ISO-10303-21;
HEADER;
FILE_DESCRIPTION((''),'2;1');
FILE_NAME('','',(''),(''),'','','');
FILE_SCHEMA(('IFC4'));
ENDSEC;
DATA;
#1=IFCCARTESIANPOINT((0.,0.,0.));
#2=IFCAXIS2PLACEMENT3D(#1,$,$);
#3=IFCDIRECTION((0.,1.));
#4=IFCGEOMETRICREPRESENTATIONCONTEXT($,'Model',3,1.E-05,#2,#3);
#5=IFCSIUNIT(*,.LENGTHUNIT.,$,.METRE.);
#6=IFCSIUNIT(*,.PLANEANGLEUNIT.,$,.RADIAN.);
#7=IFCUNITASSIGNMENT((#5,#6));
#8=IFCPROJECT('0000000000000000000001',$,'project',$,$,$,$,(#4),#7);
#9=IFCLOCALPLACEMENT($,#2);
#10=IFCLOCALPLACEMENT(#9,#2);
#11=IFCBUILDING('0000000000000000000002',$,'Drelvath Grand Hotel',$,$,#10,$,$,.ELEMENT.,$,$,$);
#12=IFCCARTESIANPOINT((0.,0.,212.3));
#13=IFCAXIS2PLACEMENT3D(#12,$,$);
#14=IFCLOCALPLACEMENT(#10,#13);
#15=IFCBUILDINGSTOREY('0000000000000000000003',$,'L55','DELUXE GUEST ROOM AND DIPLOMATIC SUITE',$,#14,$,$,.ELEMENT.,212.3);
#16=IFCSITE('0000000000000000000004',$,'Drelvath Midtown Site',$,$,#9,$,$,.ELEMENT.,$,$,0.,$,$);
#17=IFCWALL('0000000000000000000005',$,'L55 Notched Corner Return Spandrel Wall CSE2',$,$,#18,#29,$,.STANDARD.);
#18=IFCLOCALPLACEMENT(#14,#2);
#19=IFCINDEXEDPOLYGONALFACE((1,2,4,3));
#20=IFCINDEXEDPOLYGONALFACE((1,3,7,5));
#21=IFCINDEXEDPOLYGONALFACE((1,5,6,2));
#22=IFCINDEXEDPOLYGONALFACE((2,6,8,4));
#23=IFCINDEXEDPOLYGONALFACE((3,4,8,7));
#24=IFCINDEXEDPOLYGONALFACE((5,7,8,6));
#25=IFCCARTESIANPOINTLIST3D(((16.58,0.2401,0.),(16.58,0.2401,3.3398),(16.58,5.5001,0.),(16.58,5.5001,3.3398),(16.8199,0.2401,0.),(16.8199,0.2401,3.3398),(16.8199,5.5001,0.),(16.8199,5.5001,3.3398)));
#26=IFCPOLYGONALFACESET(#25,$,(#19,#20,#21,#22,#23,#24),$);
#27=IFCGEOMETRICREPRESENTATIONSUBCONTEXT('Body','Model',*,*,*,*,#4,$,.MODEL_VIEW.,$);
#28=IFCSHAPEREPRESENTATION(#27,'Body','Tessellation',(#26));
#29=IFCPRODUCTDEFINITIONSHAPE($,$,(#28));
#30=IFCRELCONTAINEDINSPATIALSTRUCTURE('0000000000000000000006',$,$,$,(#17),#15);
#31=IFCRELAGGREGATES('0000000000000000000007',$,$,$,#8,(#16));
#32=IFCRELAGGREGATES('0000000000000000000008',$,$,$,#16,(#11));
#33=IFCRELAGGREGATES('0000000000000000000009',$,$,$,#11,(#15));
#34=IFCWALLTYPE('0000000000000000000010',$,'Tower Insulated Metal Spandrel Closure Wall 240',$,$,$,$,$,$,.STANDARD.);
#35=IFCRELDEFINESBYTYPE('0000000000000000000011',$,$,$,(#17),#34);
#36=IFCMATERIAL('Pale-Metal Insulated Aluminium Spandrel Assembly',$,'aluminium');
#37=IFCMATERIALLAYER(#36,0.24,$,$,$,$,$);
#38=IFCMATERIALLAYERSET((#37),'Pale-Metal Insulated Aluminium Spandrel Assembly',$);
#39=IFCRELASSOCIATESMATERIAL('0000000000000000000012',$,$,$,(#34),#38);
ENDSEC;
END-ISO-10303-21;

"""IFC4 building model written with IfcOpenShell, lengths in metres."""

from ifc_helpers import new_model, si_unit, direction, frame, frame_2d, origin, place, context, subcontext, project, spatial, rectangle, extrude, material, layer, layer_set, type_object, element, save


model = new_model("IFC4")

# Units and contexts
model_context = context("Model", 3, precision=1e-05, world=origin(), true_north=direction((0.0, 1.0)))
body_context = subcontext(model_context, "Body", "Model", "MODEL_VIEW")
ifc_project = project(units=[si_unit("LENGTHUNIT", "METRE"), si_unit("PLANEANGLEUNIT", "RADIAN")], contexts=[model_context])

# Site, building, storey
site_placement = place(None, origin())
site = spatial("IfcSite", under=ifc_project, at=site_placement, Name="Drelvath Midtown Site", CompositionType="ELEMENT", RefElevation=0.0)
building_placement = place(site_placement, origin())
building = spatial("IfcBuilding", under=site, at=building_placement, Name="Drelvath Grand Hotel", CompositionType="ELEMENT")
storey_placement = place(building_placement, frame((0.0, 0.0, 212.3)))
storey = spatial("IfcBuildingStorey", under=building, at=storey_placement, Name="L55", Description="DELUXE GUEST ROOM AND DIPLOMATIC SUITE", CompositionType="ELEMENT", Elevation=212.3)

# Wall
ifc_material_1 = material(Name="Pale-Metal Insulated Aluminium Spandrel Assembly", Category="aluminium")
ifc_layer_1 = layer(ifc_material_1, 0.24)
ifc_layer_set_1 = layer_set([ifc_layer_1], Name="Pale-Metal Insulated Aluminium Spandrel Assembly")
wall_type_1 = type_object("IfcWallType", Name="Tower Insulated Metal Spandrel Closure Wall 240", PredefinedType="STANDARD", material=ifc_layer_set_1)
wall_1_placement = place(storey_placement, frame((16.7, 5.5, 0.0), z_axis=(0.0, 0.0, 1.0), x_axis=(0.0, -1.0, 0.0)))
element("IfcWall", 1, at=wall_1_placement, inside=storey, type_object=wall_type_1, Name="L55 Notched Corner Return Spandrel Wall CSE2", PredefinedType="STANDARD", context=body_context, shape_type="SweptSolid", body=[
    extrude(rectangle(XDim=5.26, YDim=0.24, at=frame_2d((2.6299, 0.0))), origin(), (0.0, 0.0, 1.0), 3.3398),
])

save(model, "model.ifc")
